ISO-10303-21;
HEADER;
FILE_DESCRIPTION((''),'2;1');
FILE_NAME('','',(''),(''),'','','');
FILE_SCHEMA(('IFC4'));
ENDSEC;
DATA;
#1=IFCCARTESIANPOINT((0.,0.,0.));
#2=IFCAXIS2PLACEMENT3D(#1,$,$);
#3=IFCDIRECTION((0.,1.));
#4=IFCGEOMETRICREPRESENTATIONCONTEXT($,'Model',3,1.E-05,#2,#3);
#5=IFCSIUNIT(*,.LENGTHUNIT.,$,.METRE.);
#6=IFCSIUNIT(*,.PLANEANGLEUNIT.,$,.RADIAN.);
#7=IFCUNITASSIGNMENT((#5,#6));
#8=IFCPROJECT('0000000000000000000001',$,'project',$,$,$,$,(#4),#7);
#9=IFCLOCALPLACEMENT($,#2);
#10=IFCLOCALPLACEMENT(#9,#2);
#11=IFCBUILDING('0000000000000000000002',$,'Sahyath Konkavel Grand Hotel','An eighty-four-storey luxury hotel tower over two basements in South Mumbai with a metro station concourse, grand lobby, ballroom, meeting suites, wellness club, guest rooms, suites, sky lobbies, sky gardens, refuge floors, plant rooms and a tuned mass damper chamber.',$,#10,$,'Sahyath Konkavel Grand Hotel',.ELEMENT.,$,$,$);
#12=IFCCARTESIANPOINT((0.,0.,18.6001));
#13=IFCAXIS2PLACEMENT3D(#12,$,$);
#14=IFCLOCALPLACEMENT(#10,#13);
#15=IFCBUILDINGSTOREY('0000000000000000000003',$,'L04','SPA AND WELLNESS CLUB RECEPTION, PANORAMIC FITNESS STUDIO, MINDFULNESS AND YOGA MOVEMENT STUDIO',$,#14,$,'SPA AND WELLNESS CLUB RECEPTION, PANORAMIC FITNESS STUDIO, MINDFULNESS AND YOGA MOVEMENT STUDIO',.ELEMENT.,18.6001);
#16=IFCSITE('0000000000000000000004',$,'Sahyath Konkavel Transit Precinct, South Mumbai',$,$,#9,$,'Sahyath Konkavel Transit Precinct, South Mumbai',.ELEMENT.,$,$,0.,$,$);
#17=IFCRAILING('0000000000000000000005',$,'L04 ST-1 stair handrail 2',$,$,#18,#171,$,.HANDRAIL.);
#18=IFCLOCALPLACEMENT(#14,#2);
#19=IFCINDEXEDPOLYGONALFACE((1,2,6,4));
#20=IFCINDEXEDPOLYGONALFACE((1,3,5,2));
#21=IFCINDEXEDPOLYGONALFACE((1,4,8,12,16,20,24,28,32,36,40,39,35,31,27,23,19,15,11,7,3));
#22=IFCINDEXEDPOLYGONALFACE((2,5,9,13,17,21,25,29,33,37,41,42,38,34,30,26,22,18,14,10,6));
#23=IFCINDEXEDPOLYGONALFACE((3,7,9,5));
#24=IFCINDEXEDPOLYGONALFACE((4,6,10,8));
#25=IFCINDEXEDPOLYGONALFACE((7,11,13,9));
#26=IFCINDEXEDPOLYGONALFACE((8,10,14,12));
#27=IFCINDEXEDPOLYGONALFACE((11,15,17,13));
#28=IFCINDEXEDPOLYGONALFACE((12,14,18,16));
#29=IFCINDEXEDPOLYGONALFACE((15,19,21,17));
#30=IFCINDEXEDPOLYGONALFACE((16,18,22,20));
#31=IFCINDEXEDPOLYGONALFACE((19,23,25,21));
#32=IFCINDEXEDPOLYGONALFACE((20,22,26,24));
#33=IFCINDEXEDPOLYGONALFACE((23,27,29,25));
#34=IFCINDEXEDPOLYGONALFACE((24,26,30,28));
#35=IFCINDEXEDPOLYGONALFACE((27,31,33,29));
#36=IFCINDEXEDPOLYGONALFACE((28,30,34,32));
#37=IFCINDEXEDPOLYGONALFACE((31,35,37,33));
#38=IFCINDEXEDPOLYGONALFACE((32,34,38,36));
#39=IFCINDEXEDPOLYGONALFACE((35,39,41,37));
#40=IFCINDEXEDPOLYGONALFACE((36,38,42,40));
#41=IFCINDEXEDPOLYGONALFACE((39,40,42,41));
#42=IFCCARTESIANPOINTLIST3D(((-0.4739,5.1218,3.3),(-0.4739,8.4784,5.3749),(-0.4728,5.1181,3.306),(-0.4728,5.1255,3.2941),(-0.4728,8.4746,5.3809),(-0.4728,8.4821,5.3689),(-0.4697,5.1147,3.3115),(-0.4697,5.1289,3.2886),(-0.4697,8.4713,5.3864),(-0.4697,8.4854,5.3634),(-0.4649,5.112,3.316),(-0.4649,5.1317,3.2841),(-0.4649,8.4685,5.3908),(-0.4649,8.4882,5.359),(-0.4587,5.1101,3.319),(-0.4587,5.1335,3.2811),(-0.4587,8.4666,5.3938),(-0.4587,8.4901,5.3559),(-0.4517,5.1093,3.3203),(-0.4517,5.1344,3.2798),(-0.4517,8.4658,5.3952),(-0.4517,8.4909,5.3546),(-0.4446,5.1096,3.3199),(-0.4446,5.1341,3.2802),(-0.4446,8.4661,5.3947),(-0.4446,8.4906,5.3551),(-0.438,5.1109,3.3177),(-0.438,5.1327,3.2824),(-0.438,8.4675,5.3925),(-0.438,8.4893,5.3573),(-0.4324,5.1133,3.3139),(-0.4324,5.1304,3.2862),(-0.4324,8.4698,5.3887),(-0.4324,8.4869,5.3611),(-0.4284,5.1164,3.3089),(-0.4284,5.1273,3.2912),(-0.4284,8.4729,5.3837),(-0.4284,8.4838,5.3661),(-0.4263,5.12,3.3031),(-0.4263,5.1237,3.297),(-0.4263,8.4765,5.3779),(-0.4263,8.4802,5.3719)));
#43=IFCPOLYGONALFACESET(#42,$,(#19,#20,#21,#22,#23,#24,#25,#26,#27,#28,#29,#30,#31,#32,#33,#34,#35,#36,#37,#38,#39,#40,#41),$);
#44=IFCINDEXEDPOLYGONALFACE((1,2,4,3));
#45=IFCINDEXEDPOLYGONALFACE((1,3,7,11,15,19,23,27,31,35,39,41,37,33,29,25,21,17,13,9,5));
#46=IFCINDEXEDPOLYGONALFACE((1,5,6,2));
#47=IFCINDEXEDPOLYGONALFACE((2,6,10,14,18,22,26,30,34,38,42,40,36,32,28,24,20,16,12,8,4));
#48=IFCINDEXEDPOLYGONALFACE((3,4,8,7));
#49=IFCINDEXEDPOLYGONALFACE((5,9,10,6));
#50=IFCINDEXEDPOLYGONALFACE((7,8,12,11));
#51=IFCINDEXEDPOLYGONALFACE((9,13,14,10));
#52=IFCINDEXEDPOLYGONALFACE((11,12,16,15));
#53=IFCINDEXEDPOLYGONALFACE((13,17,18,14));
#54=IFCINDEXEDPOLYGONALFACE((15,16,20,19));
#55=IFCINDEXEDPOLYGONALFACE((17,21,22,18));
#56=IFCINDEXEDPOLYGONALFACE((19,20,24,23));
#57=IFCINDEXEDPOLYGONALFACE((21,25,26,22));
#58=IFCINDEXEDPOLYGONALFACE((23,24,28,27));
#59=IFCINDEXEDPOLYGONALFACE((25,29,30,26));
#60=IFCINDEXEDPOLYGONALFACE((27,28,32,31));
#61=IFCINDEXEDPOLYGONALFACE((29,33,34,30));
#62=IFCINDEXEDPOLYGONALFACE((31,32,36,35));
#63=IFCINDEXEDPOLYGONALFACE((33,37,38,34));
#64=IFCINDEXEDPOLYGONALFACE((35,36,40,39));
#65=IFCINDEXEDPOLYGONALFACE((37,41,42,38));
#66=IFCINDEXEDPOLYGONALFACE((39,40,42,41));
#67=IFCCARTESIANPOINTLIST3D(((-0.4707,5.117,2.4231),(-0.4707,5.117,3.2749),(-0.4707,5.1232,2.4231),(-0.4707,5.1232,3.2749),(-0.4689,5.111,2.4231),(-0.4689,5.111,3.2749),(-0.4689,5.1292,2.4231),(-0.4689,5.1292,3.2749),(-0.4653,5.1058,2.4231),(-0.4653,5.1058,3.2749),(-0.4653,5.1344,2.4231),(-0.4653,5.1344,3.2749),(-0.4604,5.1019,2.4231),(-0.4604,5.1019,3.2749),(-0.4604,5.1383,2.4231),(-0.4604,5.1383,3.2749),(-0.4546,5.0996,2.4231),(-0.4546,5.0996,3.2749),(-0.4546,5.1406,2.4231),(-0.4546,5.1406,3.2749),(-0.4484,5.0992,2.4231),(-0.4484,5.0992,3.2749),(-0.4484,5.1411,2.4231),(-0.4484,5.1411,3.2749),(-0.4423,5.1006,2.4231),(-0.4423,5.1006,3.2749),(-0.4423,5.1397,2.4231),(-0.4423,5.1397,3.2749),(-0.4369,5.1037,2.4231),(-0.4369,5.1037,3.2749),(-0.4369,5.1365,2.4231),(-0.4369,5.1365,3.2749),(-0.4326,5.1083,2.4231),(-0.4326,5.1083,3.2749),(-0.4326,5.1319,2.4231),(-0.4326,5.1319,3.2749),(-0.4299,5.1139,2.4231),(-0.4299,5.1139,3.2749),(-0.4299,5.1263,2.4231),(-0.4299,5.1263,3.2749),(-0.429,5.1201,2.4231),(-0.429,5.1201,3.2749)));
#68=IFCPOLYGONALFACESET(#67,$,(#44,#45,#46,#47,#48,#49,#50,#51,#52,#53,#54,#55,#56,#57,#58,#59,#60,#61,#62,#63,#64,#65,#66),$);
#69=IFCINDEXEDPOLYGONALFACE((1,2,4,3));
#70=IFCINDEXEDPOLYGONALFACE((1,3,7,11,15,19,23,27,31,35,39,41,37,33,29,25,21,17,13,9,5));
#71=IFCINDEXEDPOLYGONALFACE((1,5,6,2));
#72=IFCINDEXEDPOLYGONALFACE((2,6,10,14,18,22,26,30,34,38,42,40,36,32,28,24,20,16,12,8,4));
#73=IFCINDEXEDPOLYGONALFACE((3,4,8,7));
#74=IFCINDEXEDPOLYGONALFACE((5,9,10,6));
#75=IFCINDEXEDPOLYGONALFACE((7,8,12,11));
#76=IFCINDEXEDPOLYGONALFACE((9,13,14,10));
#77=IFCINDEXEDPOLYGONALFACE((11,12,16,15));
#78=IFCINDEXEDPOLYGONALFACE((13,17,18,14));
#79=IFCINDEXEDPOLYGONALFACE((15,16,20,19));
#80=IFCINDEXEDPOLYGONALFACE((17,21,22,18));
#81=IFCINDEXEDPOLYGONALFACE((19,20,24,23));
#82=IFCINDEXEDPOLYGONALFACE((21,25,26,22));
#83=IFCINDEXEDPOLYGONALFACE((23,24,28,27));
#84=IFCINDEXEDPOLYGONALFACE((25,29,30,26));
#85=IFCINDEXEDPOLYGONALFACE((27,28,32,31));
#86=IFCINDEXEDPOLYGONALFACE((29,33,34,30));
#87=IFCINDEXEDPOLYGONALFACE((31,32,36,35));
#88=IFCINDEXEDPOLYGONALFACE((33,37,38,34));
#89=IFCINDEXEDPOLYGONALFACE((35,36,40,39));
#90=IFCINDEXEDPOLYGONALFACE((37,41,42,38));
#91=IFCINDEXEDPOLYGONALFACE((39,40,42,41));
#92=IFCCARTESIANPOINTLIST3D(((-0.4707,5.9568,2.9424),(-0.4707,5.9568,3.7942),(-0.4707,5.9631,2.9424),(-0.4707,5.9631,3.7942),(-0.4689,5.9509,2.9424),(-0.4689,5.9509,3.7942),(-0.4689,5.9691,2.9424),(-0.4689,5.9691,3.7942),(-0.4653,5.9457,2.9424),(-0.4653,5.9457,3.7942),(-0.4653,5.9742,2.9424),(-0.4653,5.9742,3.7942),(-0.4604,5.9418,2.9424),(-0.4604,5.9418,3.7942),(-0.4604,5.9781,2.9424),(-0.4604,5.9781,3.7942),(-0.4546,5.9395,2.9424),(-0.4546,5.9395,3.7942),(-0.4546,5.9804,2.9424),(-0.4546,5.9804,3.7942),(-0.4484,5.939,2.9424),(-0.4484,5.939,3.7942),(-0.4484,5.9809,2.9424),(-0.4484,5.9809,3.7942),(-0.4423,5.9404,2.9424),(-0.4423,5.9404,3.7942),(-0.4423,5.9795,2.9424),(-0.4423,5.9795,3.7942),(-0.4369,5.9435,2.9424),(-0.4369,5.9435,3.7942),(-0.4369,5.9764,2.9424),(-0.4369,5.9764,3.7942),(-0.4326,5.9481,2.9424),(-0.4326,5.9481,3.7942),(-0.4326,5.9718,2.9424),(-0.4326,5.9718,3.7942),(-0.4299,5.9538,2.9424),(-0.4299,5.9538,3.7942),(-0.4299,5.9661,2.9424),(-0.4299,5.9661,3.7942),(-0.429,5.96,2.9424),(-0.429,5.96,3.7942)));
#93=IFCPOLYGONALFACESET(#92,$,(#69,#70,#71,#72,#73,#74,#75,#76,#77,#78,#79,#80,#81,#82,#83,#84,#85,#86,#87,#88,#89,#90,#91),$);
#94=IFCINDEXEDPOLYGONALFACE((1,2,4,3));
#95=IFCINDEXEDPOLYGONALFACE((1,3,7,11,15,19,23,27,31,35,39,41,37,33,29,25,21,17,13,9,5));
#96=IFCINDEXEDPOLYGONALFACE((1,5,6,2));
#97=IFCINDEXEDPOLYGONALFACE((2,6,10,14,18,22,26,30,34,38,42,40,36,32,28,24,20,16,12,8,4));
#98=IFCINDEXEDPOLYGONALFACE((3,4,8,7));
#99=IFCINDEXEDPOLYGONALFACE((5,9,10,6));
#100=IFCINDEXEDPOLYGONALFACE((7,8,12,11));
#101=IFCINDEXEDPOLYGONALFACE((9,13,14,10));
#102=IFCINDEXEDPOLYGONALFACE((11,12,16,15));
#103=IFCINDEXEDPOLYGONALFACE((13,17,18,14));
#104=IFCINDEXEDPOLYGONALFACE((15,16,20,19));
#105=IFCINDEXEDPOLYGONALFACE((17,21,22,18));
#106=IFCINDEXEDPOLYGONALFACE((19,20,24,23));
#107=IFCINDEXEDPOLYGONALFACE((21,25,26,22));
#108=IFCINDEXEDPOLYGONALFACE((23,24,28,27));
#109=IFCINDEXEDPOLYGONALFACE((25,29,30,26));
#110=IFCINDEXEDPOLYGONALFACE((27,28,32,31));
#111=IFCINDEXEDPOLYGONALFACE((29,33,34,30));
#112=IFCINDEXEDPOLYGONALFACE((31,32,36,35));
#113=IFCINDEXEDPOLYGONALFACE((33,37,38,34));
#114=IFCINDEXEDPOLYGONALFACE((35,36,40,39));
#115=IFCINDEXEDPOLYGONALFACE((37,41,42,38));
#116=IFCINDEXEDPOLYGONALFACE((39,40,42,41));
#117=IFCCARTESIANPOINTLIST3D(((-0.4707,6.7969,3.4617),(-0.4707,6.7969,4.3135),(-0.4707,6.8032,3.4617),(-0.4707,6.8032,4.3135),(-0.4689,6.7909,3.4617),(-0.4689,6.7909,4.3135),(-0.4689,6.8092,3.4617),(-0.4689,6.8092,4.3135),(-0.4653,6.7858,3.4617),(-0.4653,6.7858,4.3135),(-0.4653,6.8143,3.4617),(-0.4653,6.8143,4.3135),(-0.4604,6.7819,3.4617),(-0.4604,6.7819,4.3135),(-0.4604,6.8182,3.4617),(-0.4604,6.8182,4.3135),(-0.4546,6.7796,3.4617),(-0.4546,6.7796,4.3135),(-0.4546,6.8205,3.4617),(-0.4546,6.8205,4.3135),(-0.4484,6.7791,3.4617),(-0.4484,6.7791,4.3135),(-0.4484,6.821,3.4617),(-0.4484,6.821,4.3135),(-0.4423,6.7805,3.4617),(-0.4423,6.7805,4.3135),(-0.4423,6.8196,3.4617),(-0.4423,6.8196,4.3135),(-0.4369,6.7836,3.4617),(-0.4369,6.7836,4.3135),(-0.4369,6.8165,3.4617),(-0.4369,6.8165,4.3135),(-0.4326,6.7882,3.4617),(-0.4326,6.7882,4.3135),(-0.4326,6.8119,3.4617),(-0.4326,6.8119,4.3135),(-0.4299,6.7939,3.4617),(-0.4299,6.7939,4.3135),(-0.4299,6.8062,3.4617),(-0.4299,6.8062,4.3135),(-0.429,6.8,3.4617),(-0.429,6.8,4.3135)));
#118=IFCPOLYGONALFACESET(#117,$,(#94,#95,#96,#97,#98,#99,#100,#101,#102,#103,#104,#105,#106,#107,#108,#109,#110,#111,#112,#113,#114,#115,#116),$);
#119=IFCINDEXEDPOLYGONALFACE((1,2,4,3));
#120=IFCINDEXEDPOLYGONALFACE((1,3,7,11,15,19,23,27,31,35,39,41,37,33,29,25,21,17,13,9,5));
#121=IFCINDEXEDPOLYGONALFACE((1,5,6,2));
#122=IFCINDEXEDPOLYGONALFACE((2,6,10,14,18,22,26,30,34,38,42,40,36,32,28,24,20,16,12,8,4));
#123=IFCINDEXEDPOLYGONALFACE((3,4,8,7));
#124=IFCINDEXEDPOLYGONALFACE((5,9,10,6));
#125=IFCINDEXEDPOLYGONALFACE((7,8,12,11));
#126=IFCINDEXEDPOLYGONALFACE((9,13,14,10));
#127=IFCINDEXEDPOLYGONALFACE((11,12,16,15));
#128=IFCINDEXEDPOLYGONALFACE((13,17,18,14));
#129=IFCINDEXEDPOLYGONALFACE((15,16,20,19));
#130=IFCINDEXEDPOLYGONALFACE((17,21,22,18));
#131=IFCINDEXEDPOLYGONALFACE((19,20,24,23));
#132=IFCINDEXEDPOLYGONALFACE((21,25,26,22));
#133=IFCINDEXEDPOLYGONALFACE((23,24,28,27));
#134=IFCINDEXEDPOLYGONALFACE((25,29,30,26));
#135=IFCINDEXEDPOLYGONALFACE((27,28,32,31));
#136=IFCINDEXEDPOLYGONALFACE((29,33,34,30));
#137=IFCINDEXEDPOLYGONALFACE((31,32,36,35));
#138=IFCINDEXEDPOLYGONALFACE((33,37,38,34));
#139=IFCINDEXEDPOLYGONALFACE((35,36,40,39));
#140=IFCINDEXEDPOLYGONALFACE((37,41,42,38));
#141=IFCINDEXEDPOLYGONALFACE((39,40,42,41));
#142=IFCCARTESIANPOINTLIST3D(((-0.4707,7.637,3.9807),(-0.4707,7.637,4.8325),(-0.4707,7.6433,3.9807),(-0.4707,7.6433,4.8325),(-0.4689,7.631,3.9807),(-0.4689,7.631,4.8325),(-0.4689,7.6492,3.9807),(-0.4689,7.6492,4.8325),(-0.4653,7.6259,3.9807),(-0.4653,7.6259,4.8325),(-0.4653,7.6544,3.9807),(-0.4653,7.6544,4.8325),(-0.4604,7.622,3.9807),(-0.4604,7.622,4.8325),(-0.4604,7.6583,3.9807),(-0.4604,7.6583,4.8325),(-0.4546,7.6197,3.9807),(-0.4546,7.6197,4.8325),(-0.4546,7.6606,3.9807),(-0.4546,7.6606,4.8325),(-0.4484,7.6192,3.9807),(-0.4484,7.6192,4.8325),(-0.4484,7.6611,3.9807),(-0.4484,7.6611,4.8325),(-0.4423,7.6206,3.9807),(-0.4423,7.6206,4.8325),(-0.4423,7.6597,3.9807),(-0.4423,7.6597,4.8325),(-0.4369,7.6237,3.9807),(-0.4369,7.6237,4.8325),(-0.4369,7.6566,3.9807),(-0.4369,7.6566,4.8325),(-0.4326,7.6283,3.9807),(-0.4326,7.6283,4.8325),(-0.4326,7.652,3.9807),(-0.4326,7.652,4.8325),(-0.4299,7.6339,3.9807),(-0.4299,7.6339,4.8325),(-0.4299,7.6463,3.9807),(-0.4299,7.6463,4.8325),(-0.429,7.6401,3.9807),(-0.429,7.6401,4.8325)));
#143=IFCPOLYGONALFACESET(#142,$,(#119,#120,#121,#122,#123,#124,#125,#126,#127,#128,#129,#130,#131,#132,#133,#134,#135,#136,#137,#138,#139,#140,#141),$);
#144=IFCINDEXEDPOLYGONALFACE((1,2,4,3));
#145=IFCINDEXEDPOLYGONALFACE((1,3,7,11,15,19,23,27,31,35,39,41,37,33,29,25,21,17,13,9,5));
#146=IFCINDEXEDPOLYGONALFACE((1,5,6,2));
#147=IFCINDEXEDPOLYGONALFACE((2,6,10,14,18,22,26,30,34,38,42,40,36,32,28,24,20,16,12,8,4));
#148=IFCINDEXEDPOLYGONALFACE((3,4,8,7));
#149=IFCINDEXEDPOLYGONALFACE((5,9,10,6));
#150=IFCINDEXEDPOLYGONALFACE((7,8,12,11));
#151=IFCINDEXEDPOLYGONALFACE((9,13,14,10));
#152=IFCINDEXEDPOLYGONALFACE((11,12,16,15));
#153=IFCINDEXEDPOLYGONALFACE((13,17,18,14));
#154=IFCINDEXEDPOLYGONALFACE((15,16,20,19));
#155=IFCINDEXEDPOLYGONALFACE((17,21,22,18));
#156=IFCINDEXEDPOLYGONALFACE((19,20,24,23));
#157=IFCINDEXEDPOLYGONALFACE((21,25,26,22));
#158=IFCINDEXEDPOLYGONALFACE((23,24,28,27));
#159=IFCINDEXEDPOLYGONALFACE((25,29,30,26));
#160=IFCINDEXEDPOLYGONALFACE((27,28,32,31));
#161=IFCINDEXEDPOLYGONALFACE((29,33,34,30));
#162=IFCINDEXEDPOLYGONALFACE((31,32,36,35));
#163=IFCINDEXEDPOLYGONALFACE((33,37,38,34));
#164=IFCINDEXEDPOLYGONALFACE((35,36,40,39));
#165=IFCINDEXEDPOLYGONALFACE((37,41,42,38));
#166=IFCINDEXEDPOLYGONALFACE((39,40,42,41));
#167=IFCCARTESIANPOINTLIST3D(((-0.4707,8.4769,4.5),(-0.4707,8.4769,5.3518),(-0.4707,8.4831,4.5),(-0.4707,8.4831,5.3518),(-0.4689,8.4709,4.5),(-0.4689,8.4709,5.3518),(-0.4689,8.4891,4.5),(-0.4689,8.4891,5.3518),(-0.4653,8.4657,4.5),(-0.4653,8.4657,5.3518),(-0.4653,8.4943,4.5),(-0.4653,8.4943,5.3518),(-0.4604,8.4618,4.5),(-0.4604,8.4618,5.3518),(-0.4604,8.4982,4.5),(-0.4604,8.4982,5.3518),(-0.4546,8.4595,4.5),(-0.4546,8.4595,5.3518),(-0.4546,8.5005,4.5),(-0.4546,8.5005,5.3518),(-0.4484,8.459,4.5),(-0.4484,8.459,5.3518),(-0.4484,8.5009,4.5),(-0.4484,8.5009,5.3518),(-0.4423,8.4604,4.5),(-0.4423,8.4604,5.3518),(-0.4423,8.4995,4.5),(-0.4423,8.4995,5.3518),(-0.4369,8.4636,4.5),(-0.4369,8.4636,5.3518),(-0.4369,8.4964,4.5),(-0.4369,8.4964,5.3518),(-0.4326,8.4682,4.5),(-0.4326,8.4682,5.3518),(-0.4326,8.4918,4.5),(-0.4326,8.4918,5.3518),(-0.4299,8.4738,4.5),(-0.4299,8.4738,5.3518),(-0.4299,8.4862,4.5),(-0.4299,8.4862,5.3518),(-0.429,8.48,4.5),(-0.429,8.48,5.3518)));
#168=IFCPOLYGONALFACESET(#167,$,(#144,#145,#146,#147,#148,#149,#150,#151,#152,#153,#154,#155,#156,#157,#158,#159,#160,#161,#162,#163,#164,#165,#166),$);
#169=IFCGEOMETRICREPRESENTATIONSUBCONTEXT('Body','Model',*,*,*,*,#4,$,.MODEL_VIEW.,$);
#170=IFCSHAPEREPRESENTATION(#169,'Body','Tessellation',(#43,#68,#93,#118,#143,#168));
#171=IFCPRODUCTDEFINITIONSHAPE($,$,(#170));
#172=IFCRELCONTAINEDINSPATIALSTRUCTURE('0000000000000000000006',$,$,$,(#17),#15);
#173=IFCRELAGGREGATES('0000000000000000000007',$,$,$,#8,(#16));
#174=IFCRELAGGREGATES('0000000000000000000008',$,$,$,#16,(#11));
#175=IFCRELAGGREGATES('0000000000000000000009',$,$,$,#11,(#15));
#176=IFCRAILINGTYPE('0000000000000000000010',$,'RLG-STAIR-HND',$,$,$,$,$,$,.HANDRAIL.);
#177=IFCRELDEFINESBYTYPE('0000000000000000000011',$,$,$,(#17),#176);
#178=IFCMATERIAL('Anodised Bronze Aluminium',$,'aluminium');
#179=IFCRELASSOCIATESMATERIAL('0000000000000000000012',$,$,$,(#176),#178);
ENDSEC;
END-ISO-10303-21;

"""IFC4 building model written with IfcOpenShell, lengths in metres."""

from ifc_helpers import new_model, si_unit, direction, frame, origin, origin_2d, place, context, subcontext, project, spatial, circle, extrude, material, type_object, element, save


model = new_model("IFC4")

# Units and contexts
model_context = context("Model", 3, precision=1e-05, world=origin(), true_north=direction((0.0, 1.0)))
body_context = subcontext(model_context, "Body", "Model", "MODEL_VIEW")
ifc_project = project(units=[si_unit("LENGTHUNIT", "METRE"), si_unit("PLANEANGLEUNIT", "RADIAN")], contexts=[model_context])

# Site, building, storey
site_placement = place(None, origin())
site = spatial("IfcSite", under=ifc_project, at=site_placement, Name="Sahyath Konkavel Transit Precinct, South Mumbai", LongName="Sahyath Konkavel Transit Precinct, South Mumbai", CompositionType="ELEMENT", RefElevation=0.0)
building_placement = place(site_placement, origin())
building = spatial("IfcBuilding", under=site, at=building_placement, Name="Sahyath Konkavel Grand Hotel", Description="An eighty-four-storey luxury hotel tower over two basements in South Mumbai with a metro station concourse, grand lobby, ballroom, meeting suites, wellness club, guest rooms, suites, sky lobbies, sky gardens, refuge floors, plant rooms and a tuned mass damper chamber.", LongName="Sahyath Konkavel Grand Hotel", CompositionType="ELEMENT")
storey_placement = place(building_placement, frame((0.0, 0.0, 18.6001)))
storey = spatial("IfcBuildingStorey", under=building, at=storey_placement, Name="L04", Description="SPA AND WELLNESS CLUB RECEPTION, PANORAMIC FITNESS STUDIO, MINDFULNESS AND YOGA MOVEMENT STUDIO", LongName="SPA AND WELLNESS CLUB RECEPTION, PANORAMIC FITNESS STUDIO, MINDFULNESS AND YOGA MOVEMENT STUDIO", CompositionType="ELEMENT", Elevation=18.6001)

# Shared definitions
ifc_material_1 = material(Name="Anodised Bronze Aluminium", Category="aluminium")

# Railing
railing_type_1 = type_object("IfcRailingType", Name="RLG-STAIR-HND", PredefinedType="HANDRAIL", material=ifc_material_1)
railing_1_placement = place(storey_placement, frame((-0.45, 5.1201, 2.4231)))
element("IfcRailing", 1, at=railing_1_placement, inside=storey, type_object=railing_type_1, Name="L04 ST-1 stair handrail 2", PredefinedType="HANDRAIL", context=body_context, shape_type="SweptSolid", body=[
    extrude(circle(Radius=0.0239, at=origin_2d()), frame((0.0, 0.0017, 0.877), z_axis=(0.0, 0.850606, 0.525803), x_axis=(-1.0, 0.0, 0.0)), (0.0, 0.0, 1.0), 3.946),
    extrude(circle(Radius=0.021, at=origin_2d()), origin(), (0.0, 0.0, 1.0), 0.8518),
    extrude(circle(Radius=0.021, at=origin_2d()), frame((0.0, 0.8398, 0.5193)), (0.0, 0.0, 1.0), 0.8518),
    extrude(circle(Radius=0.021, at=origin_2d()), frame((0.0, 1.6799, 1.0386)), (0.0, 0.0, 1.0), 0.8518),
    extrude(circle(Radius=0.021, at=origin_2d()), frame((0.0, 2.52, 1.5576)), (0.0, 0.0, 1.0), 0.8518),
    extrude(circle(Radius=0.021, at=origin_2d()), frame((0.0, 3.3599, 2.0769)), (0.0, 0.0, 1.0), 0.8518),
])

save(model, "model.ifc")
